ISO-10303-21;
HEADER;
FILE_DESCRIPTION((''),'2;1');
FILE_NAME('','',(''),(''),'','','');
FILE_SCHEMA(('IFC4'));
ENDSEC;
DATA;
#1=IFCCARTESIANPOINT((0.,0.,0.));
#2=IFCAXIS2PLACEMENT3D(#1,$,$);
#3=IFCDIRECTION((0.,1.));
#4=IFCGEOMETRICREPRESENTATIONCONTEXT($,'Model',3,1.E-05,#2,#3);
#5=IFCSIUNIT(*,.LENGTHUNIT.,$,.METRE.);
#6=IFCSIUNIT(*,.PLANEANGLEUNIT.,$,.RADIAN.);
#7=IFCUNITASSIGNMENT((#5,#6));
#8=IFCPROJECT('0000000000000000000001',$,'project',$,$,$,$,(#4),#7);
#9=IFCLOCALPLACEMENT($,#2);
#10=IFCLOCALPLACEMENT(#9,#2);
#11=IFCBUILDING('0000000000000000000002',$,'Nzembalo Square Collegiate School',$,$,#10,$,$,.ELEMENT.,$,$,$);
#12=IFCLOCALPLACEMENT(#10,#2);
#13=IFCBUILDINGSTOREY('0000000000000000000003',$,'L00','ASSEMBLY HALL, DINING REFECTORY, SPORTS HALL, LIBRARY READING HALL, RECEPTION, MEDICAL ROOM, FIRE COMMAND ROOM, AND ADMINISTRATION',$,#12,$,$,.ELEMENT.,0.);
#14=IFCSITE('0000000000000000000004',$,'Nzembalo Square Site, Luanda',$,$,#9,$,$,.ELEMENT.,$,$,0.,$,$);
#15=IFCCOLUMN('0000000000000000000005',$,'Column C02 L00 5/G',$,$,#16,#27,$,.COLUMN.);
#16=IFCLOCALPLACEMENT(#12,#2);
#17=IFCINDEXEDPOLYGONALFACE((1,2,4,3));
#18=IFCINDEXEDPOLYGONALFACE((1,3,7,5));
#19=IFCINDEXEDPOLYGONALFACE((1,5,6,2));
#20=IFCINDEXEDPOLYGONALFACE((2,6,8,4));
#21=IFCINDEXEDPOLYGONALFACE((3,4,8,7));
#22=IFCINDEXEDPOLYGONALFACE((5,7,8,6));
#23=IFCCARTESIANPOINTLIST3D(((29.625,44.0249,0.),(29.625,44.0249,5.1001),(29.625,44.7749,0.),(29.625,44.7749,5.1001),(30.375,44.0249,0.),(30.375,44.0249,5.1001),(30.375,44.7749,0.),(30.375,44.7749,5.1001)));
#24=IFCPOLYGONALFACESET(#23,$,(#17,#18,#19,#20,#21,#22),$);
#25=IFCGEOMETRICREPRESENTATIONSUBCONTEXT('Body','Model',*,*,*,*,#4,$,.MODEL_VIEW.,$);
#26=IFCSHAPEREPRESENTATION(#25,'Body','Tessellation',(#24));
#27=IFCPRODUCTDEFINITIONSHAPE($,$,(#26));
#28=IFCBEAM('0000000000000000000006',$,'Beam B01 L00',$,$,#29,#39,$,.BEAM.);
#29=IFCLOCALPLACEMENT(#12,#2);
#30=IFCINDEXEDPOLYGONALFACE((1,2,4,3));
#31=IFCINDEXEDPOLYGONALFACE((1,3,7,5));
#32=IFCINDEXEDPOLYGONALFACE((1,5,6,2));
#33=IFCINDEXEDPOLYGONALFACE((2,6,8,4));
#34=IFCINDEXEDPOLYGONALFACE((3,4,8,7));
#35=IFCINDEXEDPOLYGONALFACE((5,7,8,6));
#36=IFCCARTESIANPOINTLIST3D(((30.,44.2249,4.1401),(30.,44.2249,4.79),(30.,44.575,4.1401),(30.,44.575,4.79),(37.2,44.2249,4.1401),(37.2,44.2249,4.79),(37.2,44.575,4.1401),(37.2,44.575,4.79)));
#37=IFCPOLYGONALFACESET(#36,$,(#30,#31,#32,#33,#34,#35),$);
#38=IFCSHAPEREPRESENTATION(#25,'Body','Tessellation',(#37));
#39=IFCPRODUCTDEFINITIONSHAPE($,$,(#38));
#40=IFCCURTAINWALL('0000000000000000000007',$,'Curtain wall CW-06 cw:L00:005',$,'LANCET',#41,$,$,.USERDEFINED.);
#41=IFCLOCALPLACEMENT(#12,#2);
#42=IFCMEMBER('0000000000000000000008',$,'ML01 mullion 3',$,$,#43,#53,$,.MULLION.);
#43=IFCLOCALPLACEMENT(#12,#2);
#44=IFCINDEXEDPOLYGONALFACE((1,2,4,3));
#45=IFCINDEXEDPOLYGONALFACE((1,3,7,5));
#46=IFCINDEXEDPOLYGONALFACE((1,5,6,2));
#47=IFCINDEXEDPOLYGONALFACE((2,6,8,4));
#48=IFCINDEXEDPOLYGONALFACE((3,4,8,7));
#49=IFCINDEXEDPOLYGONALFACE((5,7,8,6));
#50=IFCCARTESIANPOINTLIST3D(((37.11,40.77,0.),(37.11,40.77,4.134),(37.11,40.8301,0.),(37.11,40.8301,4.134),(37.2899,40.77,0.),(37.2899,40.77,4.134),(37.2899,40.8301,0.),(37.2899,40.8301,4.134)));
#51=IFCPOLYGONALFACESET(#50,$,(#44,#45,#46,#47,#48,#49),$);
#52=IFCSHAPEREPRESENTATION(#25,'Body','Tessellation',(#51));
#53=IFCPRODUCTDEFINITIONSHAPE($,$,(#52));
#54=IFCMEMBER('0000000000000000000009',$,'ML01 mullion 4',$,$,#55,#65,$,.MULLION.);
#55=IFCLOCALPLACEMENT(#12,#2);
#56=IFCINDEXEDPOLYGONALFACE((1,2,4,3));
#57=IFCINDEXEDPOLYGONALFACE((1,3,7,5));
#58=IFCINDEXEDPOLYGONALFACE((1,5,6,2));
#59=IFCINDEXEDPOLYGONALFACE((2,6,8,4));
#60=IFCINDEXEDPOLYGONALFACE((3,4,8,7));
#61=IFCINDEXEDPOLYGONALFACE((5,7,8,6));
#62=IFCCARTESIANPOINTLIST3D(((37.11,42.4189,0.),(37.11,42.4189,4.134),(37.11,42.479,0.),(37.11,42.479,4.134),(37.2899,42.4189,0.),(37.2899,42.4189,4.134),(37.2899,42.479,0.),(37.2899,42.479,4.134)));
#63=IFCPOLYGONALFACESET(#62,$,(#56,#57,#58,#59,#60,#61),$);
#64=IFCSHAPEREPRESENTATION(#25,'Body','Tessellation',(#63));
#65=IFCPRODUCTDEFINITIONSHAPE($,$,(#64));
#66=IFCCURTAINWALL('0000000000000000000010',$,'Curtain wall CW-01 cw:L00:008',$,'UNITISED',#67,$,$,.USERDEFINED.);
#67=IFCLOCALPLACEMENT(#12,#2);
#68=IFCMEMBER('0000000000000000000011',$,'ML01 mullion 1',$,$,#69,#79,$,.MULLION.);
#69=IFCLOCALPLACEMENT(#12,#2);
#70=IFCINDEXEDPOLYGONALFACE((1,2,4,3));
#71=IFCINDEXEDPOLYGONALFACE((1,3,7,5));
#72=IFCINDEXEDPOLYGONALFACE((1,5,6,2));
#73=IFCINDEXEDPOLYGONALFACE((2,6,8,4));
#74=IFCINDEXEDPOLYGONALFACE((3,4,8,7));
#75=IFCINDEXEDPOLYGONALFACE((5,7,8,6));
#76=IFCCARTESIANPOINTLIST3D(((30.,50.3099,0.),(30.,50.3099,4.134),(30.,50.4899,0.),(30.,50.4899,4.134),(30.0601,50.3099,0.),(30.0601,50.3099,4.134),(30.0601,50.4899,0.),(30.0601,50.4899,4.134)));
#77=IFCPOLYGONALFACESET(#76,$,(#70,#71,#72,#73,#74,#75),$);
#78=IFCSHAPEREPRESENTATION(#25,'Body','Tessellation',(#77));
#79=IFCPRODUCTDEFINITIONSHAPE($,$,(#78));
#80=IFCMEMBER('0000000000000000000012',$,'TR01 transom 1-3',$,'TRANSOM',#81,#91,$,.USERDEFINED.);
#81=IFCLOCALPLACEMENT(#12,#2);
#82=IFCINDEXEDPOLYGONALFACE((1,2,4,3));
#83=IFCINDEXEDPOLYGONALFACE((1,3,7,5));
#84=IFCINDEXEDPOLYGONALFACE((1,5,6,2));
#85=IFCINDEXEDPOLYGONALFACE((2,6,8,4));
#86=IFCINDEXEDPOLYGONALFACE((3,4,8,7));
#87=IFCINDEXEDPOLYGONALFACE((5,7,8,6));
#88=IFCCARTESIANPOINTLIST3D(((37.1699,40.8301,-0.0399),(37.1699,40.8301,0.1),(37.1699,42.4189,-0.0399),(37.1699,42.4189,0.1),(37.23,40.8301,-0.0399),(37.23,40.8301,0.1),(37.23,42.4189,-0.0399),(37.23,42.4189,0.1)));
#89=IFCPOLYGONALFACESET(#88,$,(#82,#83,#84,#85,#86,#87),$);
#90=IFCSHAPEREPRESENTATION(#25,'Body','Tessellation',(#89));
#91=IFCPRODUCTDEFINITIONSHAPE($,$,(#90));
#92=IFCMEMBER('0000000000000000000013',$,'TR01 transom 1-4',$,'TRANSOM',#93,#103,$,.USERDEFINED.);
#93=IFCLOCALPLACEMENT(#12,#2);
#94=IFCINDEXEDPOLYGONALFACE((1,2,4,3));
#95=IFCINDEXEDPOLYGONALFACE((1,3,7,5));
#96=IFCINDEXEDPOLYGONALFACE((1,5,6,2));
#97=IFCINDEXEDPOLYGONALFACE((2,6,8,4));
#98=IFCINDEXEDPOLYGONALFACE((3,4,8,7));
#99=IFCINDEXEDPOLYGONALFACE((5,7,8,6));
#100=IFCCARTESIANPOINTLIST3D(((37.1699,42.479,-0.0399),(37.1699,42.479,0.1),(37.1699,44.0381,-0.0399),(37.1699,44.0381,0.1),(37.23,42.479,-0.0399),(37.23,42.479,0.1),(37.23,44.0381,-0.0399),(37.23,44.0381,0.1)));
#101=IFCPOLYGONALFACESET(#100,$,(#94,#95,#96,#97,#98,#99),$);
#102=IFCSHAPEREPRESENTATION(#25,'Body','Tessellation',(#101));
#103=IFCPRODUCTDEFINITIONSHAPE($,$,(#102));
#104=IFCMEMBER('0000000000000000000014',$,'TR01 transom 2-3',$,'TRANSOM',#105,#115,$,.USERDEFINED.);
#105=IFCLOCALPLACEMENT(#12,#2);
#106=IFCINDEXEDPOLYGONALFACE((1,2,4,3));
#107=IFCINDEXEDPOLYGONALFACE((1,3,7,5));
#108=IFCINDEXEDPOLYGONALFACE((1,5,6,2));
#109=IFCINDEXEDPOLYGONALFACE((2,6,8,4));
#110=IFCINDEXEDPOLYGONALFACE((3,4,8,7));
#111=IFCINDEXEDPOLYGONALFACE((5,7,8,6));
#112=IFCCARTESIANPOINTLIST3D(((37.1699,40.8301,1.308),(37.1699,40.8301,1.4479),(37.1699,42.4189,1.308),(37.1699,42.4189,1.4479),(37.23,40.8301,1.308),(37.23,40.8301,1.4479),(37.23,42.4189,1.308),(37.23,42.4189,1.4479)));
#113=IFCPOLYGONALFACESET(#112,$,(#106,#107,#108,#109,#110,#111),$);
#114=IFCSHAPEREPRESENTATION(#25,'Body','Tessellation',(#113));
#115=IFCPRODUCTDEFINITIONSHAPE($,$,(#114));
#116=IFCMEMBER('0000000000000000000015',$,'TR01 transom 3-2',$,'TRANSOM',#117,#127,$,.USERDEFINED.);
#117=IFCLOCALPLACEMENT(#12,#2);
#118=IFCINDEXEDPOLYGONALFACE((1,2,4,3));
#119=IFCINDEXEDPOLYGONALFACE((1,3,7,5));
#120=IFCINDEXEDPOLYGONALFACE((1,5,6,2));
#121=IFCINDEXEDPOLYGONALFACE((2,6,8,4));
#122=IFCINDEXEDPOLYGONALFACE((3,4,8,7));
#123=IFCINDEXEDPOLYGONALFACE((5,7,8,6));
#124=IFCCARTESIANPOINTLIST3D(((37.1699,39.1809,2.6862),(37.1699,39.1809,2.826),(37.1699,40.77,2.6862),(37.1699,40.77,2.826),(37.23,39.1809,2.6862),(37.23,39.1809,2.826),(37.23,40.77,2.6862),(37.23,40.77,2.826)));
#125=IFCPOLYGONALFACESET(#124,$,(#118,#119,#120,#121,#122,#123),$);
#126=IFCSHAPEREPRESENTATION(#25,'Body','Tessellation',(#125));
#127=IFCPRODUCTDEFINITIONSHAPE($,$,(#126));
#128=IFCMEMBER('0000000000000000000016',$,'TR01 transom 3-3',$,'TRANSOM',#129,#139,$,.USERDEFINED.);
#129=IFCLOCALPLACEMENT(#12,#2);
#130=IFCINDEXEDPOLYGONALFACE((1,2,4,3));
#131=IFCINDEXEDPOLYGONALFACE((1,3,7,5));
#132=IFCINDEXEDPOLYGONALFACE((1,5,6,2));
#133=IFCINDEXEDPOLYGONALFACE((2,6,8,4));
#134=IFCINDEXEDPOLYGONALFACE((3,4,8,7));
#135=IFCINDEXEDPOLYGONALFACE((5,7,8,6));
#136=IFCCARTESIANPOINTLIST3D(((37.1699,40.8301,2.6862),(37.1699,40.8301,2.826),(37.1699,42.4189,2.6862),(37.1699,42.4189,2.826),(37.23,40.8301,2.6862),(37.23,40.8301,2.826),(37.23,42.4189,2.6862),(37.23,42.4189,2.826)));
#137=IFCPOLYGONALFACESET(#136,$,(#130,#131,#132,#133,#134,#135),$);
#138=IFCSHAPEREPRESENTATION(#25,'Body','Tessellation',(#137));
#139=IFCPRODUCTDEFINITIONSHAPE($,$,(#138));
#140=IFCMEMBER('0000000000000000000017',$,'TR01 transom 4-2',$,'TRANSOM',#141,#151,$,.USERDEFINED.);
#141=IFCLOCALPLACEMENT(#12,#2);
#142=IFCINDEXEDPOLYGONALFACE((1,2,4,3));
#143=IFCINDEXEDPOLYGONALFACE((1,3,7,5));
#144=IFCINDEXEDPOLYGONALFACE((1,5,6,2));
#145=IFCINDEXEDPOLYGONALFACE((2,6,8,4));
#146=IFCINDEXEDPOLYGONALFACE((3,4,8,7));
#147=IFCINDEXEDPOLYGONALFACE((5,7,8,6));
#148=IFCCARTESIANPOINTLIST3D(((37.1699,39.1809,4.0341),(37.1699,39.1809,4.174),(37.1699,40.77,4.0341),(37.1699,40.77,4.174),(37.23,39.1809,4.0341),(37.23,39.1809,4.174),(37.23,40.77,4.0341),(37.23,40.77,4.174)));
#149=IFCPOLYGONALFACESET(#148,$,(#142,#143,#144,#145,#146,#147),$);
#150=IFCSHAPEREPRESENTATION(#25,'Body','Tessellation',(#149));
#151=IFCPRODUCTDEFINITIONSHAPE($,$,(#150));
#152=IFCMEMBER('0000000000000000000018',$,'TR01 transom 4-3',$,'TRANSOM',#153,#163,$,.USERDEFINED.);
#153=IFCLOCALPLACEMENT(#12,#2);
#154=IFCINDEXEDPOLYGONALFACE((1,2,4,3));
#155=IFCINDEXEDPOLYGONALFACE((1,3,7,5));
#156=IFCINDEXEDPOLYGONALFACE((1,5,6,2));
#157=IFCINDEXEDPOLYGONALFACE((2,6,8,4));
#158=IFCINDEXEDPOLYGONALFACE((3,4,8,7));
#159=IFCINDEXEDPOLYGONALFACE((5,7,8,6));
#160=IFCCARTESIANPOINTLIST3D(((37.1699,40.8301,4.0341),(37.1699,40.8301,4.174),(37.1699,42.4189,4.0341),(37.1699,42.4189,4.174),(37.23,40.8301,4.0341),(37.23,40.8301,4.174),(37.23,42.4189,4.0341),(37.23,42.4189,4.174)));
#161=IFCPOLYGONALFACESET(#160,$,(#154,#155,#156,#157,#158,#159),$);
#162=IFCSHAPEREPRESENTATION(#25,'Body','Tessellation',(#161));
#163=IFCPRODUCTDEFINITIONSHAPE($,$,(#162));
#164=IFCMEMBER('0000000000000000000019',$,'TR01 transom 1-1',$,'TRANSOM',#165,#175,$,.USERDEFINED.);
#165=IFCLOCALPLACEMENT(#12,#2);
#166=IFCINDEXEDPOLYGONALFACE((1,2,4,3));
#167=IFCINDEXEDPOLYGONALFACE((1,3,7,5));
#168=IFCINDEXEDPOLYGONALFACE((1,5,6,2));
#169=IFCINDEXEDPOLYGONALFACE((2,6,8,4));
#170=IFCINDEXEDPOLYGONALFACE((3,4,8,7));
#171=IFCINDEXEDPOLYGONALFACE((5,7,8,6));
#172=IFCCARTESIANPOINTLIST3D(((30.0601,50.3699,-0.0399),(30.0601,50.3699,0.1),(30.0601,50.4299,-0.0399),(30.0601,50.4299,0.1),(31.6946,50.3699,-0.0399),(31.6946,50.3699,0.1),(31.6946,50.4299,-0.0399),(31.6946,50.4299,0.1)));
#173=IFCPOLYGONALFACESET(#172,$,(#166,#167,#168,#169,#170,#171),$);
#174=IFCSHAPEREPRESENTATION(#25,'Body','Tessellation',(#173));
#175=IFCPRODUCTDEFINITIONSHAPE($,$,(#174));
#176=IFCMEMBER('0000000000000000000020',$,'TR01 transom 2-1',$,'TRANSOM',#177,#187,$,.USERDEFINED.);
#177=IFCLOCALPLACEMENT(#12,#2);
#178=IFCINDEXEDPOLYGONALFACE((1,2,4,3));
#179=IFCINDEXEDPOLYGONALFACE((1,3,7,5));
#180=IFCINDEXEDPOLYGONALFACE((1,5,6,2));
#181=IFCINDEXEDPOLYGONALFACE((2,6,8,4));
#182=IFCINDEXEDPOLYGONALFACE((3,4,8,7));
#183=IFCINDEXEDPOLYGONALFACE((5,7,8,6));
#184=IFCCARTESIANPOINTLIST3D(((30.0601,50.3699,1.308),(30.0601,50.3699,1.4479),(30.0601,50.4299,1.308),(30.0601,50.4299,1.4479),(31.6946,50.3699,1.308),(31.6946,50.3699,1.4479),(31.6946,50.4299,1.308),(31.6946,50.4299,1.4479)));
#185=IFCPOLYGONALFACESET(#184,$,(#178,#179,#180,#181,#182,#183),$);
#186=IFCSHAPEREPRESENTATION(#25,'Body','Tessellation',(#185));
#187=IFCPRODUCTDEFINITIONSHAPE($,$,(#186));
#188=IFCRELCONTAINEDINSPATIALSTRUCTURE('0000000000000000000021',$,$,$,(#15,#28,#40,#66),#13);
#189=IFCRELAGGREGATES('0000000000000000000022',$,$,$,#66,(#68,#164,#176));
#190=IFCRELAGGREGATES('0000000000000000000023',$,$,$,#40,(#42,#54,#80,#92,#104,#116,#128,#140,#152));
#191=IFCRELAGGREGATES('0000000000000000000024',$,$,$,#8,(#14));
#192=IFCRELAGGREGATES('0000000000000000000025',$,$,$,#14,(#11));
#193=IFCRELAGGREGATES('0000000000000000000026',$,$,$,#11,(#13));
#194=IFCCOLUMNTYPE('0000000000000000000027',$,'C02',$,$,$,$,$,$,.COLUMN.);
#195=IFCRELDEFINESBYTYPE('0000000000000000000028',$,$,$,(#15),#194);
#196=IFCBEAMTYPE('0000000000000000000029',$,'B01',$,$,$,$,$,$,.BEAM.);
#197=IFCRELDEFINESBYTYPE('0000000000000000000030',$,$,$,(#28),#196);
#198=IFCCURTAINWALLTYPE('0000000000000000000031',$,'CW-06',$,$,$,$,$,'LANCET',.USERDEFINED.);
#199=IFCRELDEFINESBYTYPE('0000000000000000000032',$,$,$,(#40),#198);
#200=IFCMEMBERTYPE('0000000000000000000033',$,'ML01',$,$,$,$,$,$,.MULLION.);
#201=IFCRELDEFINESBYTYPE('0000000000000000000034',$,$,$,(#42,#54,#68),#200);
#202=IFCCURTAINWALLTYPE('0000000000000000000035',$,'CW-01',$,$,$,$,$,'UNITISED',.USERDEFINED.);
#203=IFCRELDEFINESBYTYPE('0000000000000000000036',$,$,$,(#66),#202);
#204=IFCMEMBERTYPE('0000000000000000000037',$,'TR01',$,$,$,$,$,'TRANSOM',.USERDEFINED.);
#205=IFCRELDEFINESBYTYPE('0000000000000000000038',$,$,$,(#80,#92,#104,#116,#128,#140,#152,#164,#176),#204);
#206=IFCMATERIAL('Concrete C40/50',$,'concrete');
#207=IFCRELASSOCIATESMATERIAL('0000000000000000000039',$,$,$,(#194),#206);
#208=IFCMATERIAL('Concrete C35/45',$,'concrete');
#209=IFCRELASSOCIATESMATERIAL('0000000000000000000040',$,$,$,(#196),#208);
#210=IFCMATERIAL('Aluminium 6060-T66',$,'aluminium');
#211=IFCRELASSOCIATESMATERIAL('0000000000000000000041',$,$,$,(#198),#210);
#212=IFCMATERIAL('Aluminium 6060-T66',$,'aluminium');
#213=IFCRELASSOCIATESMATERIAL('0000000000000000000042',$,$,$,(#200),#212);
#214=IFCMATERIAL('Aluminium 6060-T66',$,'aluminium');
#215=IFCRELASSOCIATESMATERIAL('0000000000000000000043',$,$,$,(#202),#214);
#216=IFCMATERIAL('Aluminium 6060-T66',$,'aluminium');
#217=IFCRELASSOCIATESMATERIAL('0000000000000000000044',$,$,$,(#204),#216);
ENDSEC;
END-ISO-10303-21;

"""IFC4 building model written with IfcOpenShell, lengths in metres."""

from ifc_helpers import new_model, si_unit, direction, frame, origin, origin_2d, place, context, subcontext, project, spatial, rectangle, extrude, material, material_profile, profile_set, type_object, element, aggregate, save


model = new_model("IFC4")

# Units and contexts
model_context = context("Model", 3, precision=1e-05, world=origin(), true_north=direction((0.0, 1.0)))
body_context = subcontext(model_context, "Body", "Model", "MODEL_VIEW")
ifc_project = project(units=[si_unit("LENGTHUNIT", "METRE"), si_unit("PLANEANGLEUNIT", "RADIAN")], contexts=[model_context])

# Site, building, storey
site_placement = place(None, origin())
site = spatial("IfcSite", under=ifc_project, at=site_placement, Name="Nzembalo Square Site, Luanda", CompositionType="ELEMENT", RefElevation=0.0)
building_placement = place(site_placement, origin())
building = spatial("IfcBuilding", under=site, at=building_placement, Name="Nzembalo Square Collegiate School", CompositionType="ELEMENT")
storey_placement = place(building_placement, origin())
storey = spatial("IfcBuildingStorey", under=building, at=storey_placement, Name="L00", Description="ASSEMBLY HALL, DINING REFECTORY, SPORTS HALL, LIBRARY READING HALL, RECEPTION, MEDICAL ROOM, FIRE COMMAND ROOM, AND ADMINISTRATION", CompositionType="ELEMENT", Elevation=0.0)

# Column
ifc_material_1 = material(Name="Concrete C40/50", Category="concrete")
ifc_material_profile_1 = material_profile(ifc_material_1, rectangle(XDim=0.75, YDim=0.75, at=origin_2d()), Name="RC 750x750")
ifc_profile_set_1 = profile_set([ifc_material_profile_1], Name="Concrete C40/50")
column_type = type_object("IfcColumnType", Name="C02", PredefinedType="COLUMN", material=ifc_profile_set_1)
column_placement = place(storey_placement, frame((30.0, 44.3999, 0.0), z_axis=(0.0, 0.0, 1.0), x_axis=(1.0, 0.0, 0.0)))
element("IfcColumn", 1, at=column_placement, inside=storey, type_object=column_type, Name="Column C02 L00 5/G", PredefinedType="COLUMN", context=body_context, shape_type="SweptSolid", body=[
    extrude(rectangle(XDim=0.75, YDim=0.75, at=origin_2d()), origin(), (0.0, 0.0, 1.0), 5.1001),
])

# Beam
ifc_material_2 = material(Name="Concrete C35/45", Category="concrete")
ifc_material_profile_2 = material_profile(ifc_material_2, rectangle(XDim=0.3501, YDim=0.6499, at=origin_2d()), Name="RC 350x650")
ifc_profile_set_2 = profile_set([ifc_material_profile_2], Name="Concrete C35/45")
beam_type = type_object("IfcBeamType", Name="B01", PredefinedType="BEAM", material=ifc_profile_set_2)
beam_placement = place(storey_placement, frame((30.0, 44.3999, 4.4651), z_axis=(1.0, 0.0, 0.0), x_axis=(0.0, 1.0, 0.0)))
element("IfcBeam", 2, at=beam_placement, inside=storey, type_object=beam_type, Name="Beam B01 L00", PredefinedType="BEAM", context=body_context, shape_type="SweptSolid", body=[
    extrude(rectangle(XDim=0.3501, YDim=0.6499, at=origin_2d()), origin(), (0.0, 0.0, 1.0), 7.2),
])

# Curtain wall, members
ifc_material_3 = material(Name="Aluminium 6060-T66", Category="aluminium")
curtain_wall_type_1 = type_object("IfcCurtainWallType", Name="CW-06", ElementType="LANCET", PredefinedType="USERDEFINED", material=ifc_material_3)
curtain_wall_1_placement = place(storey_placement, origin())
curtain_wall_1 = element("IfcCurtainWall", 3, at=curtain_wall_1_placement, inside=storey, type_object=curtain_wall_type_1, Name="Curtain wall CW-06 cw:L00:005", ObjectType="LANCET", PredefinedType="USERDEFINED")
ifc_material_4 = material(Name="Aluminium 6060-T66", Category="aluminium")
ifc_material_profile_3 = material_profile(ifc_material_4, rectangle(XDim=0.0601, YDim=0.1799, at=origin_2d()), Name="ALU M60x180")
ifc_profile_set_3 = profile_set([ifc_material_profile_3], Name="Aluminium 6060-T66")
member_type_1 = type_object("IfcMemberType", Name="ML01", PredefinedType="MULLION", material=ifc_profile_set_3)
member_1_placement = place(storey_placement, frame((37.2, 40.8, 0.0), z_axis=(0.0, 0.0, 1.0), x_axis=(0.0, 1.0, 0.0)))
member_1 = element("IfcMember", 4, at=member_1_placement, type_object=member_type_1, Name="ML01 mullion 3", PredefinedType="MULLION", context=body_context, shape_type="SweptSolid", body=[
    extrude(rectangle(XDim=0.0601, YDim=0.1799, at=origin_2d()), origin(), (0.0, 0.0, 1.0), 4.134),
])
member_2_placement = place(storey_placement, frame((37.2, 42.449, 0.0), z_axis=(0.0, 0.0, 1.0), x_axis=(0.0, 1.0, 0.0)))
member_2 = element("IfcMember", 5, at=member_2_placement, type_object=member_type_1, Name="ML01 mullion 4", PredefinedType="MULLION", context=body_context, shape_type="SweptSolid", body=[
    extrude(rectangle(XDim=0.0601, YDim=0.1799, at=origin_2d()), origin(), (0.0, 0.0, 1.0), 4.134),
])

# Curtain wall, member
ifc_material_5 = material(Name="Aluminium 6060-T66", Category="aluminium")
curtain_wall_type_2 = type_object("IfcCurtainWallType", Name="CW-01", ElementType="UNITISED", PredefinedType="USERDEFINED", material=ifc_material_5)
curtain_wall_2_placement = place(storey_placement, origin())
curtain_wall_2 = element("IfcCurtainWall", 6, at=curtain_wall_2_placement, inside=storey, type_object=curtain_wall_type_2, Name="Curtain wall CW-01 cw:L00:008", ObjectType="UNITISED", PredefinedType="USERDEFINED")
member_3_placement = place(storey_placement, frame((30.03, 50.3999, 0.0), z_axis=(0.0, 0.0, 1.0), x_axis=(1.0, 0.0, 0.0)))
member_3 = element("IfcMember", 7, at=member_3_placement, type_object=member_type_1, Name="ML01 mullion 1", PredefinedType="MULLION", context=body_context, shape_type="SweptSolid", body=[
    extrude(rectangle(XDim=0.0601, YDim=0.1799, at=origin_2d()), origin(), (0.0, 0.0, 1.0), 4.134),
])

# Members
ifc_material_6 = material(Name="Aluminium 6060-T66", Category="aluminium")
ifc_material_profile_4 = material_profile(ifc_material_6, rectangle(XDim=0.0601, YDim=0.1399, at=origin_2d()), Name="ALU T60x140")
ifc_profile_set_4 = profile_set([ifc_material_profile_4], Name="Aluminium 6060-T66")
member_type_2 = type_object("IfcMemberType", Name="TR01", ElementType="TRANSOM", PredefinedType="USERDEFINED", material=ifc_profile_set_4)
member_4_placement = place(storey_placement, frame((37.2, 40.8301, 0.03), z_axis=(0.0, 1.0, 0.0), x_axis=(-1.0, 0.0, 0.0)))
member_4 = element("IfcMember", 8, at=member_4_placement, type_object=member_type_2, Name="TR01 transom 1-3", ObjectType="TRANSOM", PredefinedType="USERDEFINED", context=body_context, shape_type="SweptSolid", body=[
    extrude(rectangle(XDim=0.0601, YDim=0.1399, at=origin_2d()), origin(), (0.0, 0.0, 1.0), 1.5889),
])
member_5_placement = place(storey_placement, frame((37.2, 42.479, 0.03), z_axis=(0.0, 1.0, 0.0), x_axis=(-1.0, 0.0, 0.0)))
member_5 = element("IfcMember", 9, at=member_5_placement, type_object=member_type_2, Name="TR01 transom 1-4", ObjectType="TRANSOM", PredefinedType="USERDEFINED", context=body_context, shape_type="SweptSolid", body=[
    extrude(rectangle(XDim=0.0601, YDim=0.1399, at=origin_2d()), origin(), (0.0, 0.0, 1.0), 1.5591),
])
member_6_placement = place(storey_placement, frame((37.2, 40.8301, 1.3779), z_axis=(0.0, 1.0, 0.0), x_axis=(-1.0, 0.0, 0.0)))
member_6 = element("IfcMember", 10, at=member_6_placement, type_object=member_type_2, Name="TR01 transom 2-3", ObjectType="TRANSOM", PredefinedType="USERDEFINED", context=body_context, shape_type="SweptSolid", body=[
    extrude(rectangle(XDim=0.0601, YDim=0.1399, at=origin_2d()), origin(), (0.0, 0.0, 1.0), 1.5889),
])
member_7_placement = place(storey_placement, frame((37.2, 39.1809, 2.7561), z_axis=(0.0, 1.0, 0.0), x_axis=(-1.0, 0.0, 0.0)))
member_7 = element("IfcMember", 11, at=member_7_placement, type_object=member_type_2, Name="TR01 transom 3-2", ObjectType="TRANSOM", PredefinedType="USERDEFINED", context=body_context, shape_type="SweptSolid", body=[
    extrude(rectangle(XDim=0.0601, YDim=0.1399, at=origin_2d()), origin(), (0.0, 0.0, 1.0), 1.5891),
])
member_8_placement = place(storey_placement, frame((37.2, 40.8301, 2.7561), z_axis=(0.0, 1.0, 0.0), x_axis=(-1.0, 0.0, 0.0)))
member_8 = element("IfcMember", 12, at=member_8_placement, type_object=member_type_2, Name="TR01 transom 3-3", ObjectType="TRANSOM", PredefinedType="USERDEFINED", context=body_context, shape_type="SweptSolid", body=[
    extrude(rectangle(XDim=0.0601, YDim=0.1399, at=origin_2d()), origin(), (0.0, 0.0, 1.0), 1.5889),
])
member_9_placement = place(storey_placement, frame((37.2, 39.1809, 4.104), z_axis=(0.0, 1.0, 0.0), x_axis=(-1.0, 0.0, 0.0)))
member_9 = element("IfcMember", 13, at=member_9_placement, type_object=member_type_2, Name="TR01 transom 4-2", ObjectType="TRANSOM", PredefinedType="USERDEFINED", context=body_context, shape_type="SweptSolid", body=[
    extrude(rectangle(XDim=0.0601, YDim=0.1399, at=origin_2d()), origin(), (0.0, 0.0, 1.0), 1.5891),
])
member_10_placement = place(storey_placement, frame((37.2, 40.8301, 4.104), z_axis=(0.0, 1.0, 0.0), x_axis=(-1.0, 0.0, 0.0)))
member_10 = element("IfcMember", 14, at=member_10_placement, type_object=member_type_2, Name="TR01 transom 4-3", ObjectType="TRANSOM", PredefinedType="USERDEFINED", context=body_context, shape_type="SweptSolid", body=[
    extrude(rectangle(XDim=0.0601, YDim=0.1399, at=origin_2d()), origin(), (0.0, 0.0, 1.0), 1.5889),
])
member_11_placement = place(storey_placement, frame((30.0601, 50.3999, 0.03), z_axis=(1.0, 0.0, 0.0), x_axis=(0.0, 1.0, 0.0)))
member_11 = element("IfcMember", 15, at=member_11_placement, type_object=member_type_2, Name="TR01 transom 1-1", ObjectType="TRANSOM", PredefinedType="USERDEFINED", context=body_context, shape_type="SweptSolid", body=[
    extrude(rectangle(XDim=0.0601, YDim=0.1399, at=origin_2d()), origin(), (0.0, 0.0, 1.0), 1.6345),
])
member_12_placement = place(storey_placement, frame((30.0601, 50.3999, 1.3779), z_axis=(1.0, 0.0, 0.0), x_axis=(0.0, 1.0, 0.0)))
member_12 = element("IfcMember", 16, at=member_12_placement, type_object=member_type_2, Name="TR01 transom 2-1", ObjectType="TRANSOM", PredefinedType="USERDEFINED", context=body_context, shape_type="SweptSolid", body=[
    extrude(rectangle(XDim=0.0601, YDim=0.1399, at=origin_2d()), origin(), (0.0, 0.0, 1.0), 1.6345),
])

aggregate(curtain_wall_2, [member_3, member_11, member_12])
aggregate(curtain_wall_1, [member_1, member_2, member_4, member_5, member_6, member_7, member_8, member_9, member_10])

save(model, "model.ifc")
